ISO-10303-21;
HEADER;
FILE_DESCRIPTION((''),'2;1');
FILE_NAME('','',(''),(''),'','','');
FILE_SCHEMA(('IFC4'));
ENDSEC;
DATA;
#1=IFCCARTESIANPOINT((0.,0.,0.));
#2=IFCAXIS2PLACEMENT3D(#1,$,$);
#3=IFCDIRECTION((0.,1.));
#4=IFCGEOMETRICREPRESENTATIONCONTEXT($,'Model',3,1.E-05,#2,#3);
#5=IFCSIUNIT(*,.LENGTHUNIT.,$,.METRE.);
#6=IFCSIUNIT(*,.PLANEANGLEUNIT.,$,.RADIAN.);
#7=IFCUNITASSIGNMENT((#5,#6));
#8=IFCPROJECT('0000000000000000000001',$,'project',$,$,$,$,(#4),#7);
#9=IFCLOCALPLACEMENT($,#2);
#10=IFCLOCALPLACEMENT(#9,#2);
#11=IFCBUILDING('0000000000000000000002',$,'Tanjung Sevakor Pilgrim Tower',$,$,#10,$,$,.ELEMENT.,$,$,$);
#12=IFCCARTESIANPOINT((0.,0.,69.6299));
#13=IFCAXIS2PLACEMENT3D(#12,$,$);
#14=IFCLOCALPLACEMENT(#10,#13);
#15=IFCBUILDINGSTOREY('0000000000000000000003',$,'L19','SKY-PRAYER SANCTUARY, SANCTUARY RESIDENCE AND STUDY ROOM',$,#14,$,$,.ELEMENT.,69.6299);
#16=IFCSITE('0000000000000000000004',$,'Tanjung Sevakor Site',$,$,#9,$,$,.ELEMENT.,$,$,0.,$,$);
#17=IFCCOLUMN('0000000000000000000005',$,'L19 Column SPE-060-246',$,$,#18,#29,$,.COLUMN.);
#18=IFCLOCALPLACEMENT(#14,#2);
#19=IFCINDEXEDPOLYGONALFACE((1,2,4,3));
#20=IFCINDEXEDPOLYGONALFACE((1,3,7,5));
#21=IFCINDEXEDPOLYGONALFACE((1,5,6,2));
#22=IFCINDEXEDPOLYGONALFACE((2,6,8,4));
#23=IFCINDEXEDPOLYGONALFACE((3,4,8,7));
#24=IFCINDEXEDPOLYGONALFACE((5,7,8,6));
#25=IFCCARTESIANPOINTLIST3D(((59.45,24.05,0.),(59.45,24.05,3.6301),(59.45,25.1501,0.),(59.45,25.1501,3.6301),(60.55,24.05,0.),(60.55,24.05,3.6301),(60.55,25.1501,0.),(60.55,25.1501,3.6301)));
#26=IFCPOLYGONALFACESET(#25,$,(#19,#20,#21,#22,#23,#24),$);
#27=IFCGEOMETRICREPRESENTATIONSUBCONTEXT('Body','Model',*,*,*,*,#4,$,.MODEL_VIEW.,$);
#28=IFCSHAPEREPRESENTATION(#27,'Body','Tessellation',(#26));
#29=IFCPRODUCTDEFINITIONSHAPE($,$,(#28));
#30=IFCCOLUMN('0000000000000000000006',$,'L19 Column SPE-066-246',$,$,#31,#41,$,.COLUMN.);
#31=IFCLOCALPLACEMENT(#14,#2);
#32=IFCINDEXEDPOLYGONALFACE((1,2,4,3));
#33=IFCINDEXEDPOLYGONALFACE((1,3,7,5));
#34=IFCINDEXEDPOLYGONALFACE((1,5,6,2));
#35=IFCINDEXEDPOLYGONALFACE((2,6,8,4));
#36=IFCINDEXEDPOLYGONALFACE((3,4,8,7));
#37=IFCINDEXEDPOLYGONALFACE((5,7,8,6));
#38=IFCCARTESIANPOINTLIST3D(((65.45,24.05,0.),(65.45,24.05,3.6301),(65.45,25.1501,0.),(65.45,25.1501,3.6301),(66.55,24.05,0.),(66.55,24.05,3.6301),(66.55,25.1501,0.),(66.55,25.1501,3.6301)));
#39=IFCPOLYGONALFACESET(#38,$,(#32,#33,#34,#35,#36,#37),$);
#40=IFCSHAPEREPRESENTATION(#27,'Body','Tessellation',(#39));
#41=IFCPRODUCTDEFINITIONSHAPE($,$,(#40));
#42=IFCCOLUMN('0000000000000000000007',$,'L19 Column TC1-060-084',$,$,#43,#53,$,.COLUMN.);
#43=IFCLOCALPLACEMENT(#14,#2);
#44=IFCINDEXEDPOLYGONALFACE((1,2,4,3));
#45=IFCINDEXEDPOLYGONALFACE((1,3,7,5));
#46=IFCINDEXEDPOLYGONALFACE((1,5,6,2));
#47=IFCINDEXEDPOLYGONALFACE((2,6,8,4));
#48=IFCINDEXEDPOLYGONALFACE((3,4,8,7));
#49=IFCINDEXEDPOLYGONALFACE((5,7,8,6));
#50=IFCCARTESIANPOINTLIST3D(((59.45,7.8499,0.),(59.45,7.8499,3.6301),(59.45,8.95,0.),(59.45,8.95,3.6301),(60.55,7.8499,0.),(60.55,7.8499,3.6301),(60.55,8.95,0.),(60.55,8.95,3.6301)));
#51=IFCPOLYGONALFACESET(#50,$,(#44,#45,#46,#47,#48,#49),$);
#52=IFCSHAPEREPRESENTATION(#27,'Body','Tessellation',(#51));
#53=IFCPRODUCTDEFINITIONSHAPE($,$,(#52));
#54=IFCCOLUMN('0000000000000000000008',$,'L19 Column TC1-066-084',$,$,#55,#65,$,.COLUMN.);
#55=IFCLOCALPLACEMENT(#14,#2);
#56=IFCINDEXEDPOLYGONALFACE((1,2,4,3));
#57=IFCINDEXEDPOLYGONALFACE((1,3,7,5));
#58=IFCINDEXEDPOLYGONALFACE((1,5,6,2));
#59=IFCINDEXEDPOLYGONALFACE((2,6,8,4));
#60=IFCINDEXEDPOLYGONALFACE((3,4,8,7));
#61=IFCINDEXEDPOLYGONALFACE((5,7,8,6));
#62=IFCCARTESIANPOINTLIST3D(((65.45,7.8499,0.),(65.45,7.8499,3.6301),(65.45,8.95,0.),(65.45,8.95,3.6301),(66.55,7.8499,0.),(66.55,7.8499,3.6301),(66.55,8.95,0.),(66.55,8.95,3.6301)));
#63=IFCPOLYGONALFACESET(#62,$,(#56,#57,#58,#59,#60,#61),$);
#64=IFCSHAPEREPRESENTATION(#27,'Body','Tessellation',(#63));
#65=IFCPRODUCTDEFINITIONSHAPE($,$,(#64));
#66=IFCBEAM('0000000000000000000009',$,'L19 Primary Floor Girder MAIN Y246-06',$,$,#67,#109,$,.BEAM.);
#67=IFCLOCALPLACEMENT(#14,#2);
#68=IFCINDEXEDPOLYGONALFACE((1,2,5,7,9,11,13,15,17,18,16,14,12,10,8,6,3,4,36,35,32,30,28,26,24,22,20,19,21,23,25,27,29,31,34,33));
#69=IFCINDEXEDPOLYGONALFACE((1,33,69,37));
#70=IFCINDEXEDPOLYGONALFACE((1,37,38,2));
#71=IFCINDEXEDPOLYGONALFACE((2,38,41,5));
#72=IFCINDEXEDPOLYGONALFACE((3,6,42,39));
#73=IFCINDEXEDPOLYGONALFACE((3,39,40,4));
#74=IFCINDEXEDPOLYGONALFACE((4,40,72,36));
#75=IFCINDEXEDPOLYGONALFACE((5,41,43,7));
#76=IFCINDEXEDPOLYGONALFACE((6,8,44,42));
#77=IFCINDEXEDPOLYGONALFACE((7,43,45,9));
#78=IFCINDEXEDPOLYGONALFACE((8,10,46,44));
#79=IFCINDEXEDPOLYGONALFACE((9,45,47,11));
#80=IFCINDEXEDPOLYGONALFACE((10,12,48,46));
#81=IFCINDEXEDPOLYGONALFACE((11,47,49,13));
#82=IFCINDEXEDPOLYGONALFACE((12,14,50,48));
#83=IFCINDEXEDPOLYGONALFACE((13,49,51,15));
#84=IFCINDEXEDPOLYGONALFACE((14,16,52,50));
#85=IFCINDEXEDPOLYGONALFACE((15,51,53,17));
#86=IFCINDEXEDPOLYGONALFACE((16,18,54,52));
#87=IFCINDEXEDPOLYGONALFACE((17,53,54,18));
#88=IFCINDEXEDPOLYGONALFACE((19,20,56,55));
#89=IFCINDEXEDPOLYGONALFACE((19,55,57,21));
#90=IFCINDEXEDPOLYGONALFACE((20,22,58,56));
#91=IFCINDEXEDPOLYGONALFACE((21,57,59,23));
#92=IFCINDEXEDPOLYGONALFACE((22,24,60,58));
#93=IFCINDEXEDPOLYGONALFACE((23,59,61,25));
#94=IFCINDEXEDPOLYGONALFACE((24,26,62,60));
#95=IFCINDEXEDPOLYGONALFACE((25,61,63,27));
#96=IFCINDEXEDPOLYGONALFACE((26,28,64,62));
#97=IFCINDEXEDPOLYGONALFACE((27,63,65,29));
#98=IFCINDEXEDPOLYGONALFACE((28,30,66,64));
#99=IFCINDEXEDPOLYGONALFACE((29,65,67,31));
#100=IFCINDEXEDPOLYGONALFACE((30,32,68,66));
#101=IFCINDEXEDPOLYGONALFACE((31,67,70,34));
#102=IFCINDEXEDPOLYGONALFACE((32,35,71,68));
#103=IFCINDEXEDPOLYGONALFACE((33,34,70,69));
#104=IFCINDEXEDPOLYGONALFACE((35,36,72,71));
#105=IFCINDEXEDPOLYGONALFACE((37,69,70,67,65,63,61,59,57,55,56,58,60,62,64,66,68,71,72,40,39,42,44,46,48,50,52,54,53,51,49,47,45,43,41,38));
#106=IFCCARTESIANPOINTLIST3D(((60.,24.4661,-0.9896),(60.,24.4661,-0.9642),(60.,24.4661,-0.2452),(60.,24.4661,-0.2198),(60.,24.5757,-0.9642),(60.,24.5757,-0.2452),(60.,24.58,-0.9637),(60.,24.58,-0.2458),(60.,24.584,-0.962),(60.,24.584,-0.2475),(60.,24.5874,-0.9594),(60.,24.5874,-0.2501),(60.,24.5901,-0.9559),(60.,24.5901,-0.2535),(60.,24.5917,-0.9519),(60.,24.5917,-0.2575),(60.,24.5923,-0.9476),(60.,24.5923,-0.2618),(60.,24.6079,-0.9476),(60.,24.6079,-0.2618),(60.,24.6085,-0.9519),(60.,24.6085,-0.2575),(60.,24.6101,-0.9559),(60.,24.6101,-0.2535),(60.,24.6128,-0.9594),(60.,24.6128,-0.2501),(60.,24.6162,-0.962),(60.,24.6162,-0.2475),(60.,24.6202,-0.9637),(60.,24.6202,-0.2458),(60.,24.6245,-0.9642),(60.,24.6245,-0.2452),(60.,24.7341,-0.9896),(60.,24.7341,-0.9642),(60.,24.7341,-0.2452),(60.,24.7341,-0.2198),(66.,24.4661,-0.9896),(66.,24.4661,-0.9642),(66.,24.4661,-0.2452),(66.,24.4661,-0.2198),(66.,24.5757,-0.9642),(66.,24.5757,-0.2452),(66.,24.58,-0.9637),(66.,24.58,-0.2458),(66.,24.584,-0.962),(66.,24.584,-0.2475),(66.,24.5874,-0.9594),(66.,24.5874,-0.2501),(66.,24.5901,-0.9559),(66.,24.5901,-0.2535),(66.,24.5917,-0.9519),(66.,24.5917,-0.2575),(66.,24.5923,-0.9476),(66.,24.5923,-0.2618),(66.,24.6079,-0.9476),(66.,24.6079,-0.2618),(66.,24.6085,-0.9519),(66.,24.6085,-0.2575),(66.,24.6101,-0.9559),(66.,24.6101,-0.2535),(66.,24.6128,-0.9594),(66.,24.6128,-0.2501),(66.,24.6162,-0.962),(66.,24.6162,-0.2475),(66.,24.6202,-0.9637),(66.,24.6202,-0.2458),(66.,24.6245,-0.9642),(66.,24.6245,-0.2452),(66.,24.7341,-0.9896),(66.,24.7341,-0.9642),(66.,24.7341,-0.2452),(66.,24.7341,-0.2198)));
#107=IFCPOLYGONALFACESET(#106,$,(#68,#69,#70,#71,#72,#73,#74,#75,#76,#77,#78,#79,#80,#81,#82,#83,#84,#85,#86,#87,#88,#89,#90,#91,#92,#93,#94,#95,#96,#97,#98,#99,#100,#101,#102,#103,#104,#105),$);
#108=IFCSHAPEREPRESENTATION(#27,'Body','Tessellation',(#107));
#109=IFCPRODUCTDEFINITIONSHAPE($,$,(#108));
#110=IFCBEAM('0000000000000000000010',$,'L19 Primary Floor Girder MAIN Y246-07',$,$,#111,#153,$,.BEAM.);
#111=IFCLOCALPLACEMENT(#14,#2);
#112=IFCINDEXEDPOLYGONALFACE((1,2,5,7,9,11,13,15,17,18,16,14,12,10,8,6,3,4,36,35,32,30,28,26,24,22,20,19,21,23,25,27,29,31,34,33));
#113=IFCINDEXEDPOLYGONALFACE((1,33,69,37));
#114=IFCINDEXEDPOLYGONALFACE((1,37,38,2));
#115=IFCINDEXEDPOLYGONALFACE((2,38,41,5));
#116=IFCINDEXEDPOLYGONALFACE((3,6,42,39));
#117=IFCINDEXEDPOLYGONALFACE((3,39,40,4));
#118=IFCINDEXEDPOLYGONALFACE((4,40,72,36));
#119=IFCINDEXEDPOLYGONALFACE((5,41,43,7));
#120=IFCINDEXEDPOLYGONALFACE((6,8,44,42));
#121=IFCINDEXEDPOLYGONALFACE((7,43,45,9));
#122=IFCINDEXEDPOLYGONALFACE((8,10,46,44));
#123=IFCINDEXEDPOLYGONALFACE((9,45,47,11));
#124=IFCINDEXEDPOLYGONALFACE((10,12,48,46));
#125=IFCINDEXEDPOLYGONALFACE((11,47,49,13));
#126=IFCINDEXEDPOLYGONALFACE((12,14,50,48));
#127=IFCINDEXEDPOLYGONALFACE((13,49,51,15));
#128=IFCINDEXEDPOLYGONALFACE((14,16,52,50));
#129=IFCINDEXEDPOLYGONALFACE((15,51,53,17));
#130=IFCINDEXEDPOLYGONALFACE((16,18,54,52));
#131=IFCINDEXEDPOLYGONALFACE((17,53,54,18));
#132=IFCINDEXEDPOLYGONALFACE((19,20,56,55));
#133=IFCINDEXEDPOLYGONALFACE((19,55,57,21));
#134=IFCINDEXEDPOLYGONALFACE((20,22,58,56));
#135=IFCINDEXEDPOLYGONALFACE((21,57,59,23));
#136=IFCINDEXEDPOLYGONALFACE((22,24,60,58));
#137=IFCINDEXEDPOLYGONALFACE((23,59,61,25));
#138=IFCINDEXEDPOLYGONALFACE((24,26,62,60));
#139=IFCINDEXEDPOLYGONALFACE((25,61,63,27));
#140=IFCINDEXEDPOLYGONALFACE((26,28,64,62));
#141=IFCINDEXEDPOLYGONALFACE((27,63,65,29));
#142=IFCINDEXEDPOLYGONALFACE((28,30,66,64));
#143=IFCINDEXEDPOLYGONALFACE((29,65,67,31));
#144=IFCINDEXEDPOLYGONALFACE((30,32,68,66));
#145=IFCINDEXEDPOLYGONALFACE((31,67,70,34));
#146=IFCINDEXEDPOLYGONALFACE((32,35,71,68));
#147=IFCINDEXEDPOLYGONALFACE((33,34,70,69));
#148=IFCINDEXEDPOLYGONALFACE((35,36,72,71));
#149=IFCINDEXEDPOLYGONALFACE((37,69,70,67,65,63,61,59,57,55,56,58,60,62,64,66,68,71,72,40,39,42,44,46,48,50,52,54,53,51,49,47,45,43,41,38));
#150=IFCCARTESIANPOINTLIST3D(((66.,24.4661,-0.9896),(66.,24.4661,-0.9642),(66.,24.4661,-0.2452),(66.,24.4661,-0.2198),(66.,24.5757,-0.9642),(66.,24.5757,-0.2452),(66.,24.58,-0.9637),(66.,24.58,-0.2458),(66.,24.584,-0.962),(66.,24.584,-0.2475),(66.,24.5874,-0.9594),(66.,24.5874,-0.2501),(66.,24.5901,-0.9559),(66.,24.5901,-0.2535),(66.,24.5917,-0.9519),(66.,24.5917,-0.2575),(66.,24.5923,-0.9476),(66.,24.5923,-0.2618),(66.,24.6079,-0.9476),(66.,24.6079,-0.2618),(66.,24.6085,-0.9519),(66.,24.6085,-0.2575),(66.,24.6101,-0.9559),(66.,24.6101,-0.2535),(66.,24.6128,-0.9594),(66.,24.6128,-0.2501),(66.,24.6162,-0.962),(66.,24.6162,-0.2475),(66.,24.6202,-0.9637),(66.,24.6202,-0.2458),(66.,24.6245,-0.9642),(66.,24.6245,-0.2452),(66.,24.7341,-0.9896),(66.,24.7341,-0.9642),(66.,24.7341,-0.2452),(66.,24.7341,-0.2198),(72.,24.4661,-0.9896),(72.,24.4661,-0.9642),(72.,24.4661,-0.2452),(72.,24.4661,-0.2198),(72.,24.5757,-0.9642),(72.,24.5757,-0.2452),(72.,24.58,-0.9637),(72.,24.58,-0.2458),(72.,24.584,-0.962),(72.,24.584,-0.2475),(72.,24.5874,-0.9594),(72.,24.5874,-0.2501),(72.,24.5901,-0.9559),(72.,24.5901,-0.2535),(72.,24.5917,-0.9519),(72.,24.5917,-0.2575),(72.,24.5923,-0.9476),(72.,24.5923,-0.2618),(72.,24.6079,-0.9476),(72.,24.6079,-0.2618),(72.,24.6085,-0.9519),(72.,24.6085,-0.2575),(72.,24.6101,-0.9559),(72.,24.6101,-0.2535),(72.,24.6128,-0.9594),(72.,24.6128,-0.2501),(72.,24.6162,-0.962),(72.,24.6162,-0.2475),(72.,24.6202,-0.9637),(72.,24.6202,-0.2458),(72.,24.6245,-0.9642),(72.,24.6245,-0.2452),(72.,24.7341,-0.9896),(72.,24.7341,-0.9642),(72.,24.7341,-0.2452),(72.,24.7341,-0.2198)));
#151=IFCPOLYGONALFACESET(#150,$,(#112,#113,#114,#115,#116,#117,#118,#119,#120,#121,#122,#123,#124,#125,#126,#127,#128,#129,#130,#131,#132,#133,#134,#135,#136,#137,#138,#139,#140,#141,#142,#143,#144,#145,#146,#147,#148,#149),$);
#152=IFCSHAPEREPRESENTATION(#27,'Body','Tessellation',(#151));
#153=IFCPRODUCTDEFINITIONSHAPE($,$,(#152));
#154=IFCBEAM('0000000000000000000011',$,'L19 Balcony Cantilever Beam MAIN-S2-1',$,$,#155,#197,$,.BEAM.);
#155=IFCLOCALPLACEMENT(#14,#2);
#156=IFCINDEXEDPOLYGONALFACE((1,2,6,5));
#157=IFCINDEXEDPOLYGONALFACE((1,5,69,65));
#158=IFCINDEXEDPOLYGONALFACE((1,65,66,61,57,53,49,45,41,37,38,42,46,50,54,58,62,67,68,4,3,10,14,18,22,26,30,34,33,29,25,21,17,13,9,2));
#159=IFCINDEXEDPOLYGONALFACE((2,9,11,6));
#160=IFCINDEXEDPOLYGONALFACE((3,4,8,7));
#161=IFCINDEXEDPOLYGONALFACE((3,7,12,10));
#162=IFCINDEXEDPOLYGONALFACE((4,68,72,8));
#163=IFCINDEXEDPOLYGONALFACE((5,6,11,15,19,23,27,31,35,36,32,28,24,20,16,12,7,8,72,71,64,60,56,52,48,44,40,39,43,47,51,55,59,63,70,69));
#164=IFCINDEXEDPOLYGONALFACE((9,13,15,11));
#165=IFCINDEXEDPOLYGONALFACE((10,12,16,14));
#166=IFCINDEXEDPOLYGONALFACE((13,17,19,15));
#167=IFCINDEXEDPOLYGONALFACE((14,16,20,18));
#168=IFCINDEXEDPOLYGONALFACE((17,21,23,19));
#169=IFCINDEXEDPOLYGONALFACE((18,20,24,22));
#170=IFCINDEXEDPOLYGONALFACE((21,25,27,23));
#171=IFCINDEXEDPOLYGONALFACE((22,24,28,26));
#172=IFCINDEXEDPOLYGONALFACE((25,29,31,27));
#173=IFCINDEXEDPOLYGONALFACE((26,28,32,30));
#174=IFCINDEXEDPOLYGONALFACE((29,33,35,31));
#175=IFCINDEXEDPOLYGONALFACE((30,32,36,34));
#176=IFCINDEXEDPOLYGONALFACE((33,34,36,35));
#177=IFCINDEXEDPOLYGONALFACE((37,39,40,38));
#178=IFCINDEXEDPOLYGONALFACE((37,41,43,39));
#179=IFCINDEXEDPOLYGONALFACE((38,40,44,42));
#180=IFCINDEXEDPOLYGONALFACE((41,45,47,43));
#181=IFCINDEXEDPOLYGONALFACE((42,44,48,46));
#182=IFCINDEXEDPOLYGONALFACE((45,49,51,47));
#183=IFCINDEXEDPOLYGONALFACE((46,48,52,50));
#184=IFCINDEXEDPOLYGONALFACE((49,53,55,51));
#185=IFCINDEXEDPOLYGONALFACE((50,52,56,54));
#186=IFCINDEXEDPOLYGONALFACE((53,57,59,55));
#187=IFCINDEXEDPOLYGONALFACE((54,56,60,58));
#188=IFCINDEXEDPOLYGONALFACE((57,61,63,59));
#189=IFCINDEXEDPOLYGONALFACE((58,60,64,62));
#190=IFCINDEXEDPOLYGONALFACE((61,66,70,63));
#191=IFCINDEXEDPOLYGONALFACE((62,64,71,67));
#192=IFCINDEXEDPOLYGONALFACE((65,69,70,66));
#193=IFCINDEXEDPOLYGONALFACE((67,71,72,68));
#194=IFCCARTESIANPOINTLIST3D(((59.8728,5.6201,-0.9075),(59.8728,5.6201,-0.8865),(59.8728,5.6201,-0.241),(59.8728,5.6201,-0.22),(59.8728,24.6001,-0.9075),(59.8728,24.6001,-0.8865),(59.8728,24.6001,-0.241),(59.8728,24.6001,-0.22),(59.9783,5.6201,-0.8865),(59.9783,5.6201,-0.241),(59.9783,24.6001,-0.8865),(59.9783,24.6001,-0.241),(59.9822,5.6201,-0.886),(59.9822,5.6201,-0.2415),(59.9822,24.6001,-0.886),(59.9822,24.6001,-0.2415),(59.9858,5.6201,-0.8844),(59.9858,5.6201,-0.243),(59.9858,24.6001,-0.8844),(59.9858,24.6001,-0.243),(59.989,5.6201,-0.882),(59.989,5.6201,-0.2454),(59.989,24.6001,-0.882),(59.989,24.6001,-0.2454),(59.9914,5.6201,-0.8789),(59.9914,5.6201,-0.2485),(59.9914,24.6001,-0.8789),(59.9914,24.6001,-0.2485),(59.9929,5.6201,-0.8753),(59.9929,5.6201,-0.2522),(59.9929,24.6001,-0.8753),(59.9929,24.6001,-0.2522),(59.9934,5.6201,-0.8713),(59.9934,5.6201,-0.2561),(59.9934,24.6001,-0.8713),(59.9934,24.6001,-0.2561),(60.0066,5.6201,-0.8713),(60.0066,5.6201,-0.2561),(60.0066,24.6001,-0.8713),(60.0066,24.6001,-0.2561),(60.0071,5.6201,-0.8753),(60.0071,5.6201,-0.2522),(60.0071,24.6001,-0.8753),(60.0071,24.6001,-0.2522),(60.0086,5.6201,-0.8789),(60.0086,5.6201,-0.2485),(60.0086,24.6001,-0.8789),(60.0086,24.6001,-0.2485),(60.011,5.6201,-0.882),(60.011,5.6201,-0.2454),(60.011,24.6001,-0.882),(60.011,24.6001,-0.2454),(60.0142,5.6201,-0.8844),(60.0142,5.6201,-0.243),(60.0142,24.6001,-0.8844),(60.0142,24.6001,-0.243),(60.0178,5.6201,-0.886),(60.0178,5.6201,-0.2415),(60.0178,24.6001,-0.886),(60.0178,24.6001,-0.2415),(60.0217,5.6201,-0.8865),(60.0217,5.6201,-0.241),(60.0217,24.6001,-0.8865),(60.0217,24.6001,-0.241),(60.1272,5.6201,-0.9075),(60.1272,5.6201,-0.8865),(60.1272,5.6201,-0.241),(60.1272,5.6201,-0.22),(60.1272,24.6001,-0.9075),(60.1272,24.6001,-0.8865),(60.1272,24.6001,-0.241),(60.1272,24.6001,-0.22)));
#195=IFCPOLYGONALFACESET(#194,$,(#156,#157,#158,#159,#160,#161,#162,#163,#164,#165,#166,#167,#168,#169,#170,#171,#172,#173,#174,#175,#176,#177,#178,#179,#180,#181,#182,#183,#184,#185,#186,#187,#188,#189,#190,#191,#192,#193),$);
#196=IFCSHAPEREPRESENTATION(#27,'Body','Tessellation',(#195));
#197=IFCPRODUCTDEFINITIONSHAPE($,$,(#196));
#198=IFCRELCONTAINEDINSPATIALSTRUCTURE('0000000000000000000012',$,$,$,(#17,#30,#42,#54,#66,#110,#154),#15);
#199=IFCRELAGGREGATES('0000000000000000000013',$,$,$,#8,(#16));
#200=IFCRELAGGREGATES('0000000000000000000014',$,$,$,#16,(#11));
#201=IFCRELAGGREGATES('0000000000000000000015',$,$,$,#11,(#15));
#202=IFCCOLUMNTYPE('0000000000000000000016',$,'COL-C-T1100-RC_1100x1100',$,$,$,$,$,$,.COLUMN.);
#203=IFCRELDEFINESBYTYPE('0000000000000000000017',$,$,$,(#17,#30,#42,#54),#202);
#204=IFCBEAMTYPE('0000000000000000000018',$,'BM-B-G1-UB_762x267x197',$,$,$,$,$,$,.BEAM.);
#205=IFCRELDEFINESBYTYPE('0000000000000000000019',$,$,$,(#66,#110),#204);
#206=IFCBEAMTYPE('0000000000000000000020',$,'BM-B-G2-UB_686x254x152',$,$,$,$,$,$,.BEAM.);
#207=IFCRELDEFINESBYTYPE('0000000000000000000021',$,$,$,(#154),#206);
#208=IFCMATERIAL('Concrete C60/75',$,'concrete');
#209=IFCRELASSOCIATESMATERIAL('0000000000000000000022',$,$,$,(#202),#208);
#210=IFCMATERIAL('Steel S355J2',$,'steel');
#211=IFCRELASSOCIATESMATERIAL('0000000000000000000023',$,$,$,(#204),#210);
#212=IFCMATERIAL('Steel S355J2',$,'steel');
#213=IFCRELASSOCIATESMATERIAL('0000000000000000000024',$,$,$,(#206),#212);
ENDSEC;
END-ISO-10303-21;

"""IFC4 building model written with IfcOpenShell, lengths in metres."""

from ifc_helpers import new_model, si_unit, direction, frame, origin, origin_2d, place, context, subcontext, project, spatial, rectangle, i_section, extrude, material, material_profile, profile_set, type_object, element, save


model = new_model("IFC4")

# Units and contexts
model_context = context("Model", 3, precision=1e-05, world=origin(), true_north=direction((0.0, 1.0)))
body_context = subcontext(model_context, "Body", "Model", "MODEL_VIEW")
ifc_project = project(units=[si_unit("LENGTHUNIT", "METRE"), si_unit("PLANEANGLEUNIT", "RADIAN")], contexts=[model_context])

# Site, building, storey
site_placement = place(None, origin())
site = spatial("IfcSite", under=ifc_project, at=site_placement, Name="Tanjung Sevakor Site", CompositionType="ELEMENT", RefElevation=0.0)
building_placement = place(site_placement, origin())
building = spatial("IfcBuilding", under=site, at=building_placement, Name="Tanjung Sevakor Pilgrim Tower", CompositionType="ELEMENT")
storey_placement = place(building_placement, frame((0.0, 0.0, 69.6299)))
storey = spatial("IfcBuildingStorey", under=building, at=storey_placement, Name="L19", Description="SKY-PRAYER SANCTUARY, SANCTUARY RESIDENCE AND STUDY ROOM", CompositionType="ELEMENT", Elevation=69.6299)

# Columns
ifc_material_1 = material(Name="Concrete C60/75", Category="concrete")
ifc_material_profile_1 = material_profile(ifc_material_1, rectangle(XDim=1.1001, YDim=1.1001, at=origin_2d()))
ifc_profile_set_1 = profile_set([ifc_material_profile_1], Name="Concrete C60/75")
column_type = type_object("IfcColumnType", Name="COL-C-T1100-RC_1100x1100", PredefinedType="COLUMN", material=ifc_profile_set_1)
for number, where, z_axis, x_axis, name in (
    (1, (60.0, 24.6001, 0.0), (0.0, 0.0, 1.0), (1.0, 0.0, 0.0), "L19 Column SPE-060-246"),
    (2, (66.0, 24.6001, 0.0), (0.0, 0.0, 1.0), (1.0, 0.0, 0.0), "L19 Column SPE-066-246"),
    (3, (60.0, 8.3999, 0.0), (0.0, 0.0, 1.0), (1.0, 0.0, 0.0), "L19 Column TC1-060-084"),
    (4, (66.0, 8.3999, 0.0), (0.0, 0.0, 1.0), (1.0, 0.0, 0.0), "L19 Column TC1-066-084"),
):
    element("IfcColumn", number, at=place(storey_placement, frame(where, z_axis=z_axis, x_axis=x_axis)), inside=storey, type_object=column_type, Name=name, PredefinedType="COLUMN", context=body_context, shape_type="SweptSolid", body=[
        extrude(rectangle(XDim=1.1001, YDim=1.1001, at=origin_2d()), origin(), (0.0, 0.0, 1.0), 3.6301),
    ])

# Beams
ifc_material_2 = material(Name="Steel S355J2", Category="steel")
ifc_material_profile_2 = material_profile(ifc_material_2, i_section(OverallWidth=0.2681, OverallDepth=0.7698, WebThickness=0.0156, FlangeThickness=0.0254, FilletRadius=0.0166, at=origin_2d()))
ifc_profile_set_2 = profile_set([ifc_material_profile_2], Name="Steel S355J2")
beam_type_1 = type_object("IfcBeamType", Name="BM-B-G1-UB_762x267x197", PredefinedType="BEAM", material=ifc_profile_set_2)
for number, where, z_axis, x_axis, name in (
    (5, (60.0, 24.6001, -0.6047), (1.0, 0.0, 0.0), (0.0, 1.0, 0.0), "L19 Primary Floor Girder MAIN Y246-06"),
    (6, (66.0, 24.6001, -0.6047), (1.0, 0.0, 0.0), (0.0, 1.0, 0.0), "L19 Primary Floor Girder MAIN Y246-07"),
):
    element("IfcBeam", number, at=place(storey_placement, frame(where, z_axis=z_axis, x_axis=x_axis)), inside=storey, type_object=beam_type_1, Name=name, PredefinedType="BEAM", context=body_context, shape_type="SweptSolid", body=[
        extrude(i_section(OverallWidth=0.2681, OverallDepth=0.7698, WebThickness=0.0156, FlangeThickness=0.0254, FilletRadius=0.0166, at=origin_2d()), origin(), (0.0, 0.0, 1.0), 6.0),
    ])
ifc_material_3 = material(Name="Steel S355J2", Category="steel")
ifc_material_profile_3 = material_profile(ifc_material_3, i_section(OverallWidth=0.2544, OverallDepth=0.6875, WebThickness=0.0132, FlangeThickness=0.021, FilletRadius=0.0151, at=origin_2d()))
ifc_profile_set_3 = profile_set([ifc_material_profile_3], Name="Steel S355J2")
beam_type_2 = type_object("IfcBeamType", Name="BM-B-G2-UB_686x254x152", PredefinedType="BEAM", material=ifc_profile_set_3)
beam_1_placement = place(storey_placement, frame((60.0, 24.6001, -0.5637), z_axis=(0.0, -1.0, 0.0), x_axis=(1.0, 0.0, 0.0)))
element("IfcBeam", 7, at=beam_1_placement, inside=storey, type_object=beam_type_2, Name="L19 Balcony Cantilever Beam MAIN-S2-1", PredefinedType="BEAM", context=body_context, shape_type="SweptSolid", body=[
    extrude(i_section(OverallWidth=0.2544, OverallDepth=0.6875, WebThickness=0.0132, FlangeThickness=0.021, FilletRadius=0.0151, at=origin_2d()), origin(), (0.0, 0.0, 1.0), 18.98),
])

save(model, "model.ifc")
